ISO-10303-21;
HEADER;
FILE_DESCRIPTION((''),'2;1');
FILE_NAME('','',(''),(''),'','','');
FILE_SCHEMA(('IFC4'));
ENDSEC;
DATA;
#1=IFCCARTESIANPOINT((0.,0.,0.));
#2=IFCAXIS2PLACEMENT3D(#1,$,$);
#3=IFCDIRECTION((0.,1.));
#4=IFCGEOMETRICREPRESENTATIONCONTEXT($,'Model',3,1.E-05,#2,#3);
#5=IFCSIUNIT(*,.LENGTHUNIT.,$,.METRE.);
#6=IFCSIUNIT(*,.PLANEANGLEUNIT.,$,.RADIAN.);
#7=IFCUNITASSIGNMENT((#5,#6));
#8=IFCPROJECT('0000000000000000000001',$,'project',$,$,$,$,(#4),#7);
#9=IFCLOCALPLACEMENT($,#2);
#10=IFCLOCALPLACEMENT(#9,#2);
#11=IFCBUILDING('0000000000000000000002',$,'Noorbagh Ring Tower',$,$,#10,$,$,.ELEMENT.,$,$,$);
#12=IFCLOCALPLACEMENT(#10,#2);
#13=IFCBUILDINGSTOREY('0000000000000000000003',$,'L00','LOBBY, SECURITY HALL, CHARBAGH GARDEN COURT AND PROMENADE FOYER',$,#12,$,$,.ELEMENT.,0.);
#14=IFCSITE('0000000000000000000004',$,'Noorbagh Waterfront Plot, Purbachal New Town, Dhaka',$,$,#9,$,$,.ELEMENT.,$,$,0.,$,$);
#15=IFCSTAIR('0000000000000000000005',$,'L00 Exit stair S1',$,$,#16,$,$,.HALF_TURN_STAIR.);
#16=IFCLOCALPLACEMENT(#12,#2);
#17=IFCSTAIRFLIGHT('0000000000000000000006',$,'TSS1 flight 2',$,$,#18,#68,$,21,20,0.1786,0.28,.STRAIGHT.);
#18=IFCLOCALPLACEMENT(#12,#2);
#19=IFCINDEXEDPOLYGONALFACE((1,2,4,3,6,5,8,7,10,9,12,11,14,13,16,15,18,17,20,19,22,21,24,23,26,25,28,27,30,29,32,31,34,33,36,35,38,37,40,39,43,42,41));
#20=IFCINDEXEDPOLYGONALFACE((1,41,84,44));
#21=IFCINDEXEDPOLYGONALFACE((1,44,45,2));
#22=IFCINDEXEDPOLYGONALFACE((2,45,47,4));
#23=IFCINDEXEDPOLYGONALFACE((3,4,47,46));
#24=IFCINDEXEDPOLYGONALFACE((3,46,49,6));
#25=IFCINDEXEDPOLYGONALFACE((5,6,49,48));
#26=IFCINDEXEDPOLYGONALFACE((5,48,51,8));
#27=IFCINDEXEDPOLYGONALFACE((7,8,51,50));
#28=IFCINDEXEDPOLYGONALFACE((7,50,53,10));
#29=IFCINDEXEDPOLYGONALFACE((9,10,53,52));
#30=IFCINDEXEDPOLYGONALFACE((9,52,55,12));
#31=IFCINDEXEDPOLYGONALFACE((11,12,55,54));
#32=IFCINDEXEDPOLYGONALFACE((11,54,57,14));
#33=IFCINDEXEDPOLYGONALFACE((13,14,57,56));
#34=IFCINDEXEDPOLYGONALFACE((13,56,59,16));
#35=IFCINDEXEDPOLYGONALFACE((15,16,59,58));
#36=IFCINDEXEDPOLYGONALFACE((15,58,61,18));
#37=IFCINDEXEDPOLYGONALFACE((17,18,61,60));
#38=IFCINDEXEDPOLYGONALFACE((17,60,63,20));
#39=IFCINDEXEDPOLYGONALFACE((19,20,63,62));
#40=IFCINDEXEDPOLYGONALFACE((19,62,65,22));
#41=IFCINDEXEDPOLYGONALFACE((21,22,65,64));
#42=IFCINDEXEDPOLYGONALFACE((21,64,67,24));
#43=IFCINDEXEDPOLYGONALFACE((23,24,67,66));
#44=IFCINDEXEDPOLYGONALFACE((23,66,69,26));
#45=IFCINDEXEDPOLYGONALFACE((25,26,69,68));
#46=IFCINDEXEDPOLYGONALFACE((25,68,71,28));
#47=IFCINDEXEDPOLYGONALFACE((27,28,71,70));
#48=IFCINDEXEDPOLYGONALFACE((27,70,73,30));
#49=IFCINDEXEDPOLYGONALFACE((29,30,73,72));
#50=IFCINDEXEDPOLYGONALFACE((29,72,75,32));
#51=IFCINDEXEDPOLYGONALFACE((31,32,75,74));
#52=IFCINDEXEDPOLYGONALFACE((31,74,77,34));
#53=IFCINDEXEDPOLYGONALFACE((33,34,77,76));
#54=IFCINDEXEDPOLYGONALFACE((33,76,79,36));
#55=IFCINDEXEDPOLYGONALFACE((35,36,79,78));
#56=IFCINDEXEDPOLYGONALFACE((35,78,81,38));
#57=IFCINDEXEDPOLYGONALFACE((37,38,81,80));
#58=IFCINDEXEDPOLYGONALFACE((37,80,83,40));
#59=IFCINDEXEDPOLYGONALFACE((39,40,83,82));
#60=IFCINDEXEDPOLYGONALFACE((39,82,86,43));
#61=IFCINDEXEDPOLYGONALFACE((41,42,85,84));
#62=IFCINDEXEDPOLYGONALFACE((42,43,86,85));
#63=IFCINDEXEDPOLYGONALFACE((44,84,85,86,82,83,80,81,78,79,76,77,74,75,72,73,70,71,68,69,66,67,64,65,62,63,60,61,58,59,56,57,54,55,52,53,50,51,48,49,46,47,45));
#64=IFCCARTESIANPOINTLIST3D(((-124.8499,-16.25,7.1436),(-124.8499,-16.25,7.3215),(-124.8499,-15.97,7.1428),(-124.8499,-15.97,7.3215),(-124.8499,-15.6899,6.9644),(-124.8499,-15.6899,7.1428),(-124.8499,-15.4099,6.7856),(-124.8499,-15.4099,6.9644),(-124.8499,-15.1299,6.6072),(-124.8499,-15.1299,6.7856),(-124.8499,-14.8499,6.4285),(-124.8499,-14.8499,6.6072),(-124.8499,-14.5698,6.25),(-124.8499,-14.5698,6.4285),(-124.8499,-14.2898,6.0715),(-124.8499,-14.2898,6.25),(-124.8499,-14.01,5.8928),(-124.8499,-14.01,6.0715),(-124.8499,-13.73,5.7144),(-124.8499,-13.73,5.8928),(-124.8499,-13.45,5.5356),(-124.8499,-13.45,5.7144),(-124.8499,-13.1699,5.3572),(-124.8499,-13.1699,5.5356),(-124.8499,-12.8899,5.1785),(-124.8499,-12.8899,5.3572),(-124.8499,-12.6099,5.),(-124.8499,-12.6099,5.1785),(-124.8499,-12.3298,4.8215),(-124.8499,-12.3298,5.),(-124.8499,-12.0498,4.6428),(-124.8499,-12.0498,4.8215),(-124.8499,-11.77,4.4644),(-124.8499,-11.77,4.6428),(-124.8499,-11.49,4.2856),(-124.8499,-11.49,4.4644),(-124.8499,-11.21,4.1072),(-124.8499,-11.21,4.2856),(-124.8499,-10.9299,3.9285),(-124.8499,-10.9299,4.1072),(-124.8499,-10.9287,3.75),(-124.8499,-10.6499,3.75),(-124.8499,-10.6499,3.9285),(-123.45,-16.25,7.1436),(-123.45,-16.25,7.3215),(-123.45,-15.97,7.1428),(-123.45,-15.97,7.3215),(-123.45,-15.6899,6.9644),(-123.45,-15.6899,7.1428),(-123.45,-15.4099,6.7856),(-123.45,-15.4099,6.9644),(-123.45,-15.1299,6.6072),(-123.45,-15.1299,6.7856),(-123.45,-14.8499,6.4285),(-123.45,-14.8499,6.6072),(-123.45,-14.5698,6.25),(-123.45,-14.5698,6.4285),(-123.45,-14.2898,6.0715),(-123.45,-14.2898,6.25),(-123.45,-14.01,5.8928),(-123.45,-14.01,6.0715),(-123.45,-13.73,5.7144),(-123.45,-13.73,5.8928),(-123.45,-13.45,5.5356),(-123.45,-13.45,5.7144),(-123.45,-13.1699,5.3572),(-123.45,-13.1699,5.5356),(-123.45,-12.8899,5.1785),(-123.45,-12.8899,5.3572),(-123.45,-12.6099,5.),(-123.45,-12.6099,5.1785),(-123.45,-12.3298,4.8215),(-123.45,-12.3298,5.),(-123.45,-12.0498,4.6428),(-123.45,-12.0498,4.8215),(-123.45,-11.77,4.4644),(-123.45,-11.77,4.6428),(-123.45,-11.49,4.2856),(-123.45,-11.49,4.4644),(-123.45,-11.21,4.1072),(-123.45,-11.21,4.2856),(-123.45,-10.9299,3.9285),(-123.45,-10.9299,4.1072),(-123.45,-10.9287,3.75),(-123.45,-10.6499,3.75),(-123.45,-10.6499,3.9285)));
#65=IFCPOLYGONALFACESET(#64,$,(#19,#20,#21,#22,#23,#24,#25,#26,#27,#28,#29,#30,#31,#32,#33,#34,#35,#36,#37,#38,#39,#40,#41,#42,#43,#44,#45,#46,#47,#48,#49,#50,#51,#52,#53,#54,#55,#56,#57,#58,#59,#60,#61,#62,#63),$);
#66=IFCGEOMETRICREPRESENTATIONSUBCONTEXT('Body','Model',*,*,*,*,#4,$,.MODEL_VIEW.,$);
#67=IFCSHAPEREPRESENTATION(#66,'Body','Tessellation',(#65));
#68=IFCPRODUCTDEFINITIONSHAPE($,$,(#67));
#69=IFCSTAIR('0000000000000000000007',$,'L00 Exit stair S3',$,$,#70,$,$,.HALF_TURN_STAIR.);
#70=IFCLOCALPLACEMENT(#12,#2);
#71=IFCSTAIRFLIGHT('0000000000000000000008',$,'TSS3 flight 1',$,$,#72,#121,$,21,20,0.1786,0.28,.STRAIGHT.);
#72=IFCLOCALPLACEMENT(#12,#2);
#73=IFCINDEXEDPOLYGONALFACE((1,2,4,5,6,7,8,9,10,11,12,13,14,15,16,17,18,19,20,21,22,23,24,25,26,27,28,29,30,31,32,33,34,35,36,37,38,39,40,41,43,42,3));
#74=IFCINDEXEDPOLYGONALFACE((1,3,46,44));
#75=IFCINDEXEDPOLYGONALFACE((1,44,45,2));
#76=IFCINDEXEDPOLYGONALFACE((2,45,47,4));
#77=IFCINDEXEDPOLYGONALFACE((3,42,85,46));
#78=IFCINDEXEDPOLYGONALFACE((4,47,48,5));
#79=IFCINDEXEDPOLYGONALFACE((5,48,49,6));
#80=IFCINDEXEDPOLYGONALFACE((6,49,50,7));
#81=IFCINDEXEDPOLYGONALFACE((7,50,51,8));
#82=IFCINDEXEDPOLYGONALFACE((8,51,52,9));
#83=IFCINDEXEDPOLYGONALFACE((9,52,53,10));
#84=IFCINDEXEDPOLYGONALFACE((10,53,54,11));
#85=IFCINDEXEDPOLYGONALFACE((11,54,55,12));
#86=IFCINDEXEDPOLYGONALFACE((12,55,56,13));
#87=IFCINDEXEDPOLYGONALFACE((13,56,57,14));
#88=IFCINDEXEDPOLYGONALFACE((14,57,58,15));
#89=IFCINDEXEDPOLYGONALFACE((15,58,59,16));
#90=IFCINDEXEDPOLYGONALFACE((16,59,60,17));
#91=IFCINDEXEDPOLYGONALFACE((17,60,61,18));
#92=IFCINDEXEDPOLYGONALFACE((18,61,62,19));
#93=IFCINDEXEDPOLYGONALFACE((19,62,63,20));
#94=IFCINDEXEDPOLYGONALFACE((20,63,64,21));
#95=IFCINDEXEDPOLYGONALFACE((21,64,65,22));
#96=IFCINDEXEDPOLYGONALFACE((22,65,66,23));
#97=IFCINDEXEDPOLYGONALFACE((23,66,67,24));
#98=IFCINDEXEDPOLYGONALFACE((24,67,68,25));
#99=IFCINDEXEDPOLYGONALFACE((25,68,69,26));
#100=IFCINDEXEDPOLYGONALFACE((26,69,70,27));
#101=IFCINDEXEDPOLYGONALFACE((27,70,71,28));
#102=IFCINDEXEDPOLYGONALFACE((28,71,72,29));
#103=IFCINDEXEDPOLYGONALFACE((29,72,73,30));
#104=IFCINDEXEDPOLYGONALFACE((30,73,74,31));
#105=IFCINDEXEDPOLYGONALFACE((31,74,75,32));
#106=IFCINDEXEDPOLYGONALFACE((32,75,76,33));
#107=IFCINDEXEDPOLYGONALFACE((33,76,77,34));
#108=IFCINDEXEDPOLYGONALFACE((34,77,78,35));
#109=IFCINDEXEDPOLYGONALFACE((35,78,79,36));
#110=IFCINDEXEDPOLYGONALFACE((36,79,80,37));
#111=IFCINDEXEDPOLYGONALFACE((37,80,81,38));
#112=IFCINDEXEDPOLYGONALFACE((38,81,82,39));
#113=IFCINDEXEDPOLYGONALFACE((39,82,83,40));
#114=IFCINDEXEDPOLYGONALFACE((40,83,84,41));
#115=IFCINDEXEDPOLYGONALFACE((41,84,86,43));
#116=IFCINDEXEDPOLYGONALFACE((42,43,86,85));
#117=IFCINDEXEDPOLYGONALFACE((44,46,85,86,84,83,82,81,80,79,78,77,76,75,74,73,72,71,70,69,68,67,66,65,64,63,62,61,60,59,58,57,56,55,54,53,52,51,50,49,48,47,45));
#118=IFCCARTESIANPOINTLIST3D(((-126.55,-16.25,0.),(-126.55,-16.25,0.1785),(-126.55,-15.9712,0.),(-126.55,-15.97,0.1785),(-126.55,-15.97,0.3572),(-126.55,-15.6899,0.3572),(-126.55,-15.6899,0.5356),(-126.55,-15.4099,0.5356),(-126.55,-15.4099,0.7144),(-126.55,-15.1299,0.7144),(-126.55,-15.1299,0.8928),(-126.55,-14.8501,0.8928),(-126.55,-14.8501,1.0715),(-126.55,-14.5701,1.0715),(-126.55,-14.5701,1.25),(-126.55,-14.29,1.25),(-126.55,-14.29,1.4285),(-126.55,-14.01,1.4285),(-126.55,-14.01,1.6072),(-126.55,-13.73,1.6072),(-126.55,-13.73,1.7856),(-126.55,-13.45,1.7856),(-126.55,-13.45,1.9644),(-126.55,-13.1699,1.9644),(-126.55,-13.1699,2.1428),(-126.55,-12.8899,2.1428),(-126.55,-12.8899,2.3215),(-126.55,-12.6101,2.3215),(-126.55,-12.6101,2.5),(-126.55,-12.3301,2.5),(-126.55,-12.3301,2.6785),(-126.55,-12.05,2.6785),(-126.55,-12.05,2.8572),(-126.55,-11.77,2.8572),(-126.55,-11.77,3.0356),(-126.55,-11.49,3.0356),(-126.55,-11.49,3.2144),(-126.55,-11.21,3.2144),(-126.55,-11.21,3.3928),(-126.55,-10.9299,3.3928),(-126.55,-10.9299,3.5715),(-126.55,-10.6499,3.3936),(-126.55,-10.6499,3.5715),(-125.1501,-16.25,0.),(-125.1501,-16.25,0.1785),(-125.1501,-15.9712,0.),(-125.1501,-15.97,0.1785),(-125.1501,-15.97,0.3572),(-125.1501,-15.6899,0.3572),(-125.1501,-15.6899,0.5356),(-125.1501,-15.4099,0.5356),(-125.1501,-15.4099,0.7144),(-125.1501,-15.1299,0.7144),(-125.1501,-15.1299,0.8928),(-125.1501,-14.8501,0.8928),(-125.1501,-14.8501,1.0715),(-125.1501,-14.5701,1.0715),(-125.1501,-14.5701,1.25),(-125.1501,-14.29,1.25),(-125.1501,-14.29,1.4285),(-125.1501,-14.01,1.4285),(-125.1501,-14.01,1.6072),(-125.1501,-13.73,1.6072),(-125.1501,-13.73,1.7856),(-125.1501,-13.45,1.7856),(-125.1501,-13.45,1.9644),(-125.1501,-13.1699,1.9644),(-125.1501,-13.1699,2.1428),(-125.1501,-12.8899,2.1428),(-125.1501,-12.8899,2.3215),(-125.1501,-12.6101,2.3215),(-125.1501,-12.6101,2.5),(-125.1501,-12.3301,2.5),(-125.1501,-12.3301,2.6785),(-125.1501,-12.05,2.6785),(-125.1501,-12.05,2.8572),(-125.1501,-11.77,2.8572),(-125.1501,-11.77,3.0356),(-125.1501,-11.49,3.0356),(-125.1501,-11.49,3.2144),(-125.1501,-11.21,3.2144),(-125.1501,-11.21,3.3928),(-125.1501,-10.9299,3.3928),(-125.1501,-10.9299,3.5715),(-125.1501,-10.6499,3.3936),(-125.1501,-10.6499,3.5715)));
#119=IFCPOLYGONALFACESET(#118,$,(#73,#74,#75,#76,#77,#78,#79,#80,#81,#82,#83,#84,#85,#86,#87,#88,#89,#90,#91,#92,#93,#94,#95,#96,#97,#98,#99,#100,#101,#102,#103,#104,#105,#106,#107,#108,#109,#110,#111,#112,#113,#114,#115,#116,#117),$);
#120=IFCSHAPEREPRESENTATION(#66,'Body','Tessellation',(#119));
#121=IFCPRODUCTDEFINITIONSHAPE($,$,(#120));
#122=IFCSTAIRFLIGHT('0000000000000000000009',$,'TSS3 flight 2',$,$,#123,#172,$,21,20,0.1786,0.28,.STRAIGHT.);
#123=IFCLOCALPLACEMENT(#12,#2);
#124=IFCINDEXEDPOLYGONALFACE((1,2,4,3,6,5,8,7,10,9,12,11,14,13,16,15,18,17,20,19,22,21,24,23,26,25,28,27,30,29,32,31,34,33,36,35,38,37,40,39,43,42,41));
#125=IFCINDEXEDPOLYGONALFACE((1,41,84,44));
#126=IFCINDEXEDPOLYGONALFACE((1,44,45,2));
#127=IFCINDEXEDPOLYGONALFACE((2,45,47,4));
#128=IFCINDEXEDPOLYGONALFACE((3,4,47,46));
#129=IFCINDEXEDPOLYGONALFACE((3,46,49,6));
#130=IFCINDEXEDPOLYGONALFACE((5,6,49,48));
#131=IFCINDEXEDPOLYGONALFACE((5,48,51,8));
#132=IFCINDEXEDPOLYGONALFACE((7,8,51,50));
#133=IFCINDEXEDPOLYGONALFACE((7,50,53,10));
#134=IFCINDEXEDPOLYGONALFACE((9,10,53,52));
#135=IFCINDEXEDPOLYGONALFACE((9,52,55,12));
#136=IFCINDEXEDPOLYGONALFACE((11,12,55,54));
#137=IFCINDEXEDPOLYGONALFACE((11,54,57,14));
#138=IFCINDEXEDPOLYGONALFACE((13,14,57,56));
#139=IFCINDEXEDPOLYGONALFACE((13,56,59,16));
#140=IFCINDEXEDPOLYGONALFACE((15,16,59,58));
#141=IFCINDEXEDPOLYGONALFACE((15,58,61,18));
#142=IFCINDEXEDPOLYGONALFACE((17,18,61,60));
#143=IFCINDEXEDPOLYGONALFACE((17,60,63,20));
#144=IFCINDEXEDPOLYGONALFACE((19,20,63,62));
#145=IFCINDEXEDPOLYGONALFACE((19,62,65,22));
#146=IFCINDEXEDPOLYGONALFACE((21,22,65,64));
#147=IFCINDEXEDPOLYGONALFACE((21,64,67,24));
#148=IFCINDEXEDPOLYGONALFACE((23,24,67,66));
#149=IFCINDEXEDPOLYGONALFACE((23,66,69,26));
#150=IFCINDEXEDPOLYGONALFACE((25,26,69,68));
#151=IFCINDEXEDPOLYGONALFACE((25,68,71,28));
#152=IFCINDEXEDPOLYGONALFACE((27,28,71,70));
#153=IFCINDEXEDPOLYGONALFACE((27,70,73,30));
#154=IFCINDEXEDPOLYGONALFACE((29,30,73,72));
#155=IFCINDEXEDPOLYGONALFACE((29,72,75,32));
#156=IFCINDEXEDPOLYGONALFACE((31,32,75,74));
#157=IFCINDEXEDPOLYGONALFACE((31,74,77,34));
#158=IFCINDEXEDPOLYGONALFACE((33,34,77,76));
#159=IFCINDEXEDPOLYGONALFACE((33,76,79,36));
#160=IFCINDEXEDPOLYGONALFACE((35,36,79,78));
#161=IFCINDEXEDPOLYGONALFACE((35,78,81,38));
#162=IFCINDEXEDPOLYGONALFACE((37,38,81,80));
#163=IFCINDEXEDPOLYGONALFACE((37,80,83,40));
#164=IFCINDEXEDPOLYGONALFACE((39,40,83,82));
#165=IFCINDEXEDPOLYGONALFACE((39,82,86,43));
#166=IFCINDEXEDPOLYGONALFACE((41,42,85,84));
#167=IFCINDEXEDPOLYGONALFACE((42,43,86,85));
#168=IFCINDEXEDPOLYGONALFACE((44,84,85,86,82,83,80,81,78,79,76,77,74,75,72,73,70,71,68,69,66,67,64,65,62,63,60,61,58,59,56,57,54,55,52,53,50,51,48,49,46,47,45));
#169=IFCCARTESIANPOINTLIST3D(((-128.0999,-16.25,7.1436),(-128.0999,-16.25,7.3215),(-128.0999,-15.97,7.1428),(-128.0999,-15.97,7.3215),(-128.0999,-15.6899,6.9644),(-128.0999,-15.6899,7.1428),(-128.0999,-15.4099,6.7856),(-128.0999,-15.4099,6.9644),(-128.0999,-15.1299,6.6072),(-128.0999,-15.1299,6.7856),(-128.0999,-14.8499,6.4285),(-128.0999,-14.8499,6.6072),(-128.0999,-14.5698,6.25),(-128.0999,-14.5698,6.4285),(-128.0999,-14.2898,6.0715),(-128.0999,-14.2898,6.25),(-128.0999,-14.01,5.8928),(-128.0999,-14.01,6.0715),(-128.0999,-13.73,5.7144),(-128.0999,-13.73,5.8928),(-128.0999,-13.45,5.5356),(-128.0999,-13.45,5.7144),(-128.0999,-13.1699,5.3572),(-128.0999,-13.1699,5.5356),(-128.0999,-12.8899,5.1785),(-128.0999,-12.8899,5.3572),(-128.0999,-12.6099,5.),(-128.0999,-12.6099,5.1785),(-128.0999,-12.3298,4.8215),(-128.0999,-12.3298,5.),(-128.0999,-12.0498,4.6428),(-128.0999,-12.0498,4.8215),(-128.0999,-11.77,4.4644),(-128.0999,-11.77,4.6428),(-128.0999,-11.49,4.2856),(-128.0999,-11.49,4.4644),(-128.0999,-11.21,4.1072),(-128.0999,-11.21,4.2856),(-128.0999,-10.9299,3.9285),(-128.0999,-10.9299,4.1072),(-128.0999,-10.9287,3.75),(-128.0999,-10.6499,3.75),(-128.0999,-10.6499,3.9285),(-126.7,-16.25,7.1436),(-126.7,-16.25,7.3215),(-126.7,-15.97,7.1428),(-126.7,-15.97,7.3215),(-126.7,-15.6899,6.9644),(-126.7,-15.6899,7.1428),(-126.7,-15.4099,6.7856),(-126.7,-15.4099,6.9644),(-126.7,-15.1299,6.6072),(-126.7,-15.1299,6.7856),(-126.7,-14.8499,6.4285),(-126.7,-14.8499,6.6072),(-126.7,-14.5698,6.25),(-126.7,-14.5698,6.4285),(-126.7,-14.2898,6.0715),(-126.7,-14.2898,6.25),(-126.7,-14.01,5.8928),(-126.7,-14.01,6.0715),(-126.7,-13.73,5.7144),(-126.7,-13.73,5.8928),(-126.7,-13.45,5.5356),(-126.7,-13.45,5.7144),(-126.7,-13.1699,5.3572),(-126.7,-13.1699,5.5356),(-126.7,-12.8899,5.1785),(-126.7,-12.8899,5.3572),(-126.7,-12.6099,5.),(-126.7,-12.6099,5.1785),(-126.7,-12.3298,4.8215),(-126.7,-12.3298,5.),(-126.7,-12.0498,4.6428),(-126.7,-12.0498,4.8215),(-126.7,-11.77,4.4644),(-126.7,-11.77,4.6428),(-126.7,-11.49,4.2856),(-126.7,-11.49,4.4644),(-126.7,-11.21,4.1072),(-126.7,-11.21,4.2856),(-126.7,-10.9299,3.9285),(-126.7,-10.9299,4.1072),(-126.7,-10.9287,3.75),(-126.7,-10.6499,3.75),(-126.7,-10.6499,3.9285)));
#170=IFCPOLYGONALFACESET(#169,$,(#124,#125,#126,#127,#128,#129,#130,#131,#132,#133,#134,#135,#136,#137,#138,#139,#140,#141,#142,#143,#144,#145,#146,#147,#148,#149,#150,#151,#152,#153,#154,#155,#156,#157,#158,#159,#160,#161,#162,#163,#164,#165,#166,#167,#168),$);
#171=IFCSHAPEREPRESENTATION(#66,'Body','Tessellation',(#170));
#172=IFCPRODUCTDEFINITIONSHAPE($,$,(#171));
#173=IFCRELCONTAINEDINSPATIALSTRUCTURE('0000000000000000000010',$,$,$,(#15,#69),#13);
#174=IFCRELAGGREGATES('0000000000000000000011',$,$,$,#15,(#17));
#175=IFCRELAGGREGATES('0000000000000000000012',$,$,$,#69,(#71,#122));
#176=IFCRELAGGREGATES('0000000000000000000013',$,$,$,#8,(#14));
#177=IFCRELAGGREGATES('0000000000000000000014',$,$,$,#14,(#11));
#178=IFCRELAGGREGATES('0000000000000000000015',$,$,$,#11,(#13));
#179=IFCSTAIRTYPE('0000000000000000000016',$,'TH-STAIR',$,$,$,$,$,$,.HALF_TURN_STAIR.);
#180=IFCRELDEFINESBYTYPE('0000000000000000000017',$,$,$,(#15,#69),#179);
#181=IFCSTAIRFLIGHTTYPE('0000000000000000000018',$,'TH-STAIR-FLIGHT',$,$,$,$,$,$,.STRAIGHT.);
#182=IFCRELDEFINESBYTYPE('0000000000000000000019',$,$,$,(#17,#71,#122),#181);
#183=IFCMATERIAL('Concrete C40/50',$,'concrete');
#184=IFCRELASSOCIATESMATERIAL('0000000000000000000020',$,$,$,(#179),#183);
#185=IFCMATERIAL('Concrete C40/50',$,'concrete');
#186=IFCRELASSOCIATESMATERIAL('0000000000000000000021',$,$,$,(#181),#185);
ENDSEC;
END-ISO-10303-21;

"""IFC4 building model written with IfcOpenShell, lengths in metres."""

from ifc_helpers import new_model, si_unit, direction, frame, origin, place, context, subcontext, project, spatial, polyline, outline, extrude, material, type_object, element, aggregate, save


model = new_model("IFC4")

# Units and contexts
model_context = context("Model", 3, precision=1e-05, world=origin(), true_north=direction((0.0, 1.0)))
body_context = subcontext(model_context, "Body", "Model", "MODEL_VIEW")
ifc_project = project(units=[si_unit("LENGTHUNIT", "METRE"), si_unit("PLANEANGLEUNIT", "RADIAN")], contexts=[model_context])

# Site, building, storey
site_placement = place(None, origin())
site = spatial("IfcSite", under=ifc_project, at=site_placement, Name="Noorbagh Waterfront Plot, Purbachal New Town, Dhaka", CompositionType="ELEMENT", RefElevation=0.0)
building_placement = place(site_placement, origin())
building = spatial("IfcBuilding", under=site, at=building_placement, Name="Noorbagh Ring Tower", CompositionType="ELEMENT")
storey_placement = place(building_placement, origin())
storey = spatial("IfcBuildingStorey", under=building, at=storey_placement, Name="L00", Description="LOBBY, SECURITY HALL, CHARBAGH GARDEN COURT AND PROMENADE FOYER", CompositionType="ELEMENT", Elevation=0.0)

# Stair, stair flight
ifc_material_1 = material(Name="Concrete C40/50", Category="concrete")
stair_type = type_object("IfcStairType", Name="TH-STAIR", PredefinedType="HALF_TURN_STAIR", material=ifc_material_1)
stair_1_placement = place(storey_placement, origin())
stair_1 = element("IfcStair", 1, at=stair_1_placement, inside=storey, type_object=stair_type, Name="L00 Exit stair S1", PredefinedType="HALF_TURN_STAIR")
ifc_material_2 = material(Name="Concrete C40/50", Category="concrete")
stair_flight_type = type_object("IfcStairFlightType", Name="TH-STAIR-FLIGHT", PredefinedType="STRAIGHT", material=ifc_material_2)
stair_flight_1_placement = place(storey_placement, frame((-124.1499, -10.6499, 3.75), z_axis=(0.0, 0.0, 1.0), x_axis=(0.0, -1.0, 0.0)))
stair_flight_1 = element("IfcStairFlight", 2, at=stair_flight_1_placement, type_object=stair_flight_type, Name="TSS1 flight 2", NumberOfRisers=21, NumberOfTreads=20, PredefinedType="STRAIGHT", RiserHeight=0.1786, TreadLength=0.28, context=body_context, shape_type="SweptSolid", body=[
    extrude(outline(polyline([(0.0, 0.0), (0.0, 0.1785), (0.28, 0.1785), (0.28, 0.3572), (0.5601, 0.3572), (0.5601, 0.5356), (0.8401, 0.5356), (0.8401, 0.7144), (1.1201, 0.7144), (1.1201, 0.8928), (1.3999, 0.8928), (1.3999, 1.0715), (1.6799, 1.0715), (1.6799, 1.25), (1.96, 1.25), (1.96, 1.4285), (2.24, 1.4285), (2.24, 1.6072), (2.52, 1.6072), (2.52, 1.7856), (2.8, 1.7856), (2.8, 1.9644), (3.0801, 1.9644), (3.0801, 2.1428), (3.3601, 2.1428), (3.3601, 2.3215), (3.6399, 2.3215), (3.6399, 2.5), (3.9199, 2.5), (3.9199, 2.6785), (4.2, 2.6785), (4.2, 2.8572), (4.48, 2.8572), (4.48, 3.0356), (4.76, 3.0356), (4.76, 3.2144), (5.04, 3.2144), (5.04, 3.3928), (5.3201, 3.3928), (5.3201, 3.5715), (5.6001, 3.5715), (5.6001, 3.75), (5.6001, 3.3936), (0.2788, 0.0), (0.0, 0.0)])), frame((0.0, 0.7, 0.0), z_axis=(0.0, -1.0, 0.0), x_axis=(1.0, 0.0, 0.0)), (0.0, 0.0, 1.0), 1.3999),
])
aggregate(stair_1, [stair_flight_1])

# Stair, stair flights
stair_2_placement = place(storey_placement, origin())
stair_2 = element("IfcStair", 3, at=stair_2_placement, inside=storey, type_object=stair_type, Name="L00 Exit stair S3", PredefinedType="HALF_TURN_STAIR")
stair_flight_2_placement = place(storey_placement, frame((-125.8501, -16.25, 0.0), z_axis=(0.0, 0.0, 1.0), x_axis=(0.0, 1.0, 0.0)))
stair_flight_2 = element("IfcStairFlight", 4, at=stair_flight_2_placement, type_object=stair_flight_type, Name="TSS3 flight 1", NumberOfRisers=21, NumberOfTreads=20, PredefinedType="STRAIGHT", RiserHeight=0.1786, TreadLength=0.28, context=body_context, shape_type="SweptSolid", body=[
    extrude(outline(polyline([(0.0, 0.0), (0.0, 0.1785), (0.28, 0.1785), (0.28, 0.3572), (0.5601, 0.3572), (0.5601, 0.5356), (0.8401, 0.5356), (0.8401, 0.7144), (1.1201, 0.7144), (1.1201, 0.8928), (1.3999, 0.8928), (1.3999, 1.0715), (1.6799, 1.0715), (1.6799, 1.25), (1.96, 1.25), (1.96, 1.4285), (2.24, 1.4285), (2.24, 1.6072), (2.52, 1.6072), (2.52, 1.7856), (2.8, 1.7856), (2.8, 1.9644), (3.0801, 1.9644), (3.0801, 2.1428), (3.3601, 2.1428), (3.3601, 2.3215), (3.6399, 2.3215), (3.6399, 2.5), (3.9199, 2.5), (3.9199, 2.6785), (4.2, 2.6785), (4.2, 2.8572), (4.48, 2.8572), (4.48, 3.0356), (4.76, 3.0356), (4.76, 3.2144), (5.04, 3.2144), (5.04, 3.3928), (5.3201, 3.3928), (5.3201, 3.5715), (5.6001, 3.5715), (5.6001, 3.75), (5.6001, 3.3936), (0.2788, 0.0), (0.0, 0.0)])), frame((0.0, 0.7, 0.0), z_axis=(0.0, -1.0, 0.0), x_axis=(1.0, 0.0, 0.0)), (0.0, 0.0, 1.0), 1.3999),
])
stair_flight_3_placement = place(storey_placement, frame((-127.3999, -10.6499, 3.75), z_axis=(0.0, 0.0, 1.0), x_axis=(0.0, -1.0, 0.0)))
stair_flight_3 = element("IfcStairFlight", 5, at=stair_flight_3_placement, type_object=stair_flight_type, Name="TSS3 flight 2", NumberOfRisers=21, NumberOfTreads=20, PredefinedType="STRAIGHT", RiserHeight=0.1786, TreadLength=0.28, context=body_context, shape_type="SweptSolid", body=[
    extrude(outline(polyline([(0.0, 0.0), (0.0, 0.1785), (0.28, 0.1785), (0.28, 0.3572), (0.5601, 0.3572), (0.5601, 0.5356), (0.8401, 0.5356), (0.8401, 0.7144), (1.1201, 0.7144), (1.1201, 0.8928), (1.3999, 0.8928), (1.3999, 1.0715), (1.6799, 1.0715), (1.6799, 1.25), (1.96, 1.25), (1.96, 1.4285), (2.24, 1.4285), (2.24, 1.6072), (2.52, 1.6072), (2.52, 1.7856), (2.8, 1.7856), (2.8, 1.9644), (3.0801, 1.9644), (3.0801, 2.1428), (3.3601, 2.1428), (3.3601, 2.3215), (3.6399, 2.3215), (3.6399, 2.5), (3.9199, 2.5), (3.9199, 2.6785), (4.2, 2.6785), (4.2, 2.8572), (4.48, 2.8572), (4.48, 3.0356), (4.76, 3.0356), (4.76, 3.2144), (5.04, 3.2144), (5.04, 3.3928), (5.3201, 3.3928), (5.3201, 3.5715), (5.6001, 3.5715), (5.6001, 3.75), (5.6001, 3.3936), (0.2788, 0.0), (0.0, 0.0)])), frame((0.0, 0.7, 0.0), z_axis=(0.0, -1.0, 0.0), x_axis=(1.0, 0.0, 0.0)), (0.0, 0.0, 1.0), 1.3999),
])
aggregate(stair_2, [stair_flight_2, stair_flight_3])

save(model, "model.ifc")
